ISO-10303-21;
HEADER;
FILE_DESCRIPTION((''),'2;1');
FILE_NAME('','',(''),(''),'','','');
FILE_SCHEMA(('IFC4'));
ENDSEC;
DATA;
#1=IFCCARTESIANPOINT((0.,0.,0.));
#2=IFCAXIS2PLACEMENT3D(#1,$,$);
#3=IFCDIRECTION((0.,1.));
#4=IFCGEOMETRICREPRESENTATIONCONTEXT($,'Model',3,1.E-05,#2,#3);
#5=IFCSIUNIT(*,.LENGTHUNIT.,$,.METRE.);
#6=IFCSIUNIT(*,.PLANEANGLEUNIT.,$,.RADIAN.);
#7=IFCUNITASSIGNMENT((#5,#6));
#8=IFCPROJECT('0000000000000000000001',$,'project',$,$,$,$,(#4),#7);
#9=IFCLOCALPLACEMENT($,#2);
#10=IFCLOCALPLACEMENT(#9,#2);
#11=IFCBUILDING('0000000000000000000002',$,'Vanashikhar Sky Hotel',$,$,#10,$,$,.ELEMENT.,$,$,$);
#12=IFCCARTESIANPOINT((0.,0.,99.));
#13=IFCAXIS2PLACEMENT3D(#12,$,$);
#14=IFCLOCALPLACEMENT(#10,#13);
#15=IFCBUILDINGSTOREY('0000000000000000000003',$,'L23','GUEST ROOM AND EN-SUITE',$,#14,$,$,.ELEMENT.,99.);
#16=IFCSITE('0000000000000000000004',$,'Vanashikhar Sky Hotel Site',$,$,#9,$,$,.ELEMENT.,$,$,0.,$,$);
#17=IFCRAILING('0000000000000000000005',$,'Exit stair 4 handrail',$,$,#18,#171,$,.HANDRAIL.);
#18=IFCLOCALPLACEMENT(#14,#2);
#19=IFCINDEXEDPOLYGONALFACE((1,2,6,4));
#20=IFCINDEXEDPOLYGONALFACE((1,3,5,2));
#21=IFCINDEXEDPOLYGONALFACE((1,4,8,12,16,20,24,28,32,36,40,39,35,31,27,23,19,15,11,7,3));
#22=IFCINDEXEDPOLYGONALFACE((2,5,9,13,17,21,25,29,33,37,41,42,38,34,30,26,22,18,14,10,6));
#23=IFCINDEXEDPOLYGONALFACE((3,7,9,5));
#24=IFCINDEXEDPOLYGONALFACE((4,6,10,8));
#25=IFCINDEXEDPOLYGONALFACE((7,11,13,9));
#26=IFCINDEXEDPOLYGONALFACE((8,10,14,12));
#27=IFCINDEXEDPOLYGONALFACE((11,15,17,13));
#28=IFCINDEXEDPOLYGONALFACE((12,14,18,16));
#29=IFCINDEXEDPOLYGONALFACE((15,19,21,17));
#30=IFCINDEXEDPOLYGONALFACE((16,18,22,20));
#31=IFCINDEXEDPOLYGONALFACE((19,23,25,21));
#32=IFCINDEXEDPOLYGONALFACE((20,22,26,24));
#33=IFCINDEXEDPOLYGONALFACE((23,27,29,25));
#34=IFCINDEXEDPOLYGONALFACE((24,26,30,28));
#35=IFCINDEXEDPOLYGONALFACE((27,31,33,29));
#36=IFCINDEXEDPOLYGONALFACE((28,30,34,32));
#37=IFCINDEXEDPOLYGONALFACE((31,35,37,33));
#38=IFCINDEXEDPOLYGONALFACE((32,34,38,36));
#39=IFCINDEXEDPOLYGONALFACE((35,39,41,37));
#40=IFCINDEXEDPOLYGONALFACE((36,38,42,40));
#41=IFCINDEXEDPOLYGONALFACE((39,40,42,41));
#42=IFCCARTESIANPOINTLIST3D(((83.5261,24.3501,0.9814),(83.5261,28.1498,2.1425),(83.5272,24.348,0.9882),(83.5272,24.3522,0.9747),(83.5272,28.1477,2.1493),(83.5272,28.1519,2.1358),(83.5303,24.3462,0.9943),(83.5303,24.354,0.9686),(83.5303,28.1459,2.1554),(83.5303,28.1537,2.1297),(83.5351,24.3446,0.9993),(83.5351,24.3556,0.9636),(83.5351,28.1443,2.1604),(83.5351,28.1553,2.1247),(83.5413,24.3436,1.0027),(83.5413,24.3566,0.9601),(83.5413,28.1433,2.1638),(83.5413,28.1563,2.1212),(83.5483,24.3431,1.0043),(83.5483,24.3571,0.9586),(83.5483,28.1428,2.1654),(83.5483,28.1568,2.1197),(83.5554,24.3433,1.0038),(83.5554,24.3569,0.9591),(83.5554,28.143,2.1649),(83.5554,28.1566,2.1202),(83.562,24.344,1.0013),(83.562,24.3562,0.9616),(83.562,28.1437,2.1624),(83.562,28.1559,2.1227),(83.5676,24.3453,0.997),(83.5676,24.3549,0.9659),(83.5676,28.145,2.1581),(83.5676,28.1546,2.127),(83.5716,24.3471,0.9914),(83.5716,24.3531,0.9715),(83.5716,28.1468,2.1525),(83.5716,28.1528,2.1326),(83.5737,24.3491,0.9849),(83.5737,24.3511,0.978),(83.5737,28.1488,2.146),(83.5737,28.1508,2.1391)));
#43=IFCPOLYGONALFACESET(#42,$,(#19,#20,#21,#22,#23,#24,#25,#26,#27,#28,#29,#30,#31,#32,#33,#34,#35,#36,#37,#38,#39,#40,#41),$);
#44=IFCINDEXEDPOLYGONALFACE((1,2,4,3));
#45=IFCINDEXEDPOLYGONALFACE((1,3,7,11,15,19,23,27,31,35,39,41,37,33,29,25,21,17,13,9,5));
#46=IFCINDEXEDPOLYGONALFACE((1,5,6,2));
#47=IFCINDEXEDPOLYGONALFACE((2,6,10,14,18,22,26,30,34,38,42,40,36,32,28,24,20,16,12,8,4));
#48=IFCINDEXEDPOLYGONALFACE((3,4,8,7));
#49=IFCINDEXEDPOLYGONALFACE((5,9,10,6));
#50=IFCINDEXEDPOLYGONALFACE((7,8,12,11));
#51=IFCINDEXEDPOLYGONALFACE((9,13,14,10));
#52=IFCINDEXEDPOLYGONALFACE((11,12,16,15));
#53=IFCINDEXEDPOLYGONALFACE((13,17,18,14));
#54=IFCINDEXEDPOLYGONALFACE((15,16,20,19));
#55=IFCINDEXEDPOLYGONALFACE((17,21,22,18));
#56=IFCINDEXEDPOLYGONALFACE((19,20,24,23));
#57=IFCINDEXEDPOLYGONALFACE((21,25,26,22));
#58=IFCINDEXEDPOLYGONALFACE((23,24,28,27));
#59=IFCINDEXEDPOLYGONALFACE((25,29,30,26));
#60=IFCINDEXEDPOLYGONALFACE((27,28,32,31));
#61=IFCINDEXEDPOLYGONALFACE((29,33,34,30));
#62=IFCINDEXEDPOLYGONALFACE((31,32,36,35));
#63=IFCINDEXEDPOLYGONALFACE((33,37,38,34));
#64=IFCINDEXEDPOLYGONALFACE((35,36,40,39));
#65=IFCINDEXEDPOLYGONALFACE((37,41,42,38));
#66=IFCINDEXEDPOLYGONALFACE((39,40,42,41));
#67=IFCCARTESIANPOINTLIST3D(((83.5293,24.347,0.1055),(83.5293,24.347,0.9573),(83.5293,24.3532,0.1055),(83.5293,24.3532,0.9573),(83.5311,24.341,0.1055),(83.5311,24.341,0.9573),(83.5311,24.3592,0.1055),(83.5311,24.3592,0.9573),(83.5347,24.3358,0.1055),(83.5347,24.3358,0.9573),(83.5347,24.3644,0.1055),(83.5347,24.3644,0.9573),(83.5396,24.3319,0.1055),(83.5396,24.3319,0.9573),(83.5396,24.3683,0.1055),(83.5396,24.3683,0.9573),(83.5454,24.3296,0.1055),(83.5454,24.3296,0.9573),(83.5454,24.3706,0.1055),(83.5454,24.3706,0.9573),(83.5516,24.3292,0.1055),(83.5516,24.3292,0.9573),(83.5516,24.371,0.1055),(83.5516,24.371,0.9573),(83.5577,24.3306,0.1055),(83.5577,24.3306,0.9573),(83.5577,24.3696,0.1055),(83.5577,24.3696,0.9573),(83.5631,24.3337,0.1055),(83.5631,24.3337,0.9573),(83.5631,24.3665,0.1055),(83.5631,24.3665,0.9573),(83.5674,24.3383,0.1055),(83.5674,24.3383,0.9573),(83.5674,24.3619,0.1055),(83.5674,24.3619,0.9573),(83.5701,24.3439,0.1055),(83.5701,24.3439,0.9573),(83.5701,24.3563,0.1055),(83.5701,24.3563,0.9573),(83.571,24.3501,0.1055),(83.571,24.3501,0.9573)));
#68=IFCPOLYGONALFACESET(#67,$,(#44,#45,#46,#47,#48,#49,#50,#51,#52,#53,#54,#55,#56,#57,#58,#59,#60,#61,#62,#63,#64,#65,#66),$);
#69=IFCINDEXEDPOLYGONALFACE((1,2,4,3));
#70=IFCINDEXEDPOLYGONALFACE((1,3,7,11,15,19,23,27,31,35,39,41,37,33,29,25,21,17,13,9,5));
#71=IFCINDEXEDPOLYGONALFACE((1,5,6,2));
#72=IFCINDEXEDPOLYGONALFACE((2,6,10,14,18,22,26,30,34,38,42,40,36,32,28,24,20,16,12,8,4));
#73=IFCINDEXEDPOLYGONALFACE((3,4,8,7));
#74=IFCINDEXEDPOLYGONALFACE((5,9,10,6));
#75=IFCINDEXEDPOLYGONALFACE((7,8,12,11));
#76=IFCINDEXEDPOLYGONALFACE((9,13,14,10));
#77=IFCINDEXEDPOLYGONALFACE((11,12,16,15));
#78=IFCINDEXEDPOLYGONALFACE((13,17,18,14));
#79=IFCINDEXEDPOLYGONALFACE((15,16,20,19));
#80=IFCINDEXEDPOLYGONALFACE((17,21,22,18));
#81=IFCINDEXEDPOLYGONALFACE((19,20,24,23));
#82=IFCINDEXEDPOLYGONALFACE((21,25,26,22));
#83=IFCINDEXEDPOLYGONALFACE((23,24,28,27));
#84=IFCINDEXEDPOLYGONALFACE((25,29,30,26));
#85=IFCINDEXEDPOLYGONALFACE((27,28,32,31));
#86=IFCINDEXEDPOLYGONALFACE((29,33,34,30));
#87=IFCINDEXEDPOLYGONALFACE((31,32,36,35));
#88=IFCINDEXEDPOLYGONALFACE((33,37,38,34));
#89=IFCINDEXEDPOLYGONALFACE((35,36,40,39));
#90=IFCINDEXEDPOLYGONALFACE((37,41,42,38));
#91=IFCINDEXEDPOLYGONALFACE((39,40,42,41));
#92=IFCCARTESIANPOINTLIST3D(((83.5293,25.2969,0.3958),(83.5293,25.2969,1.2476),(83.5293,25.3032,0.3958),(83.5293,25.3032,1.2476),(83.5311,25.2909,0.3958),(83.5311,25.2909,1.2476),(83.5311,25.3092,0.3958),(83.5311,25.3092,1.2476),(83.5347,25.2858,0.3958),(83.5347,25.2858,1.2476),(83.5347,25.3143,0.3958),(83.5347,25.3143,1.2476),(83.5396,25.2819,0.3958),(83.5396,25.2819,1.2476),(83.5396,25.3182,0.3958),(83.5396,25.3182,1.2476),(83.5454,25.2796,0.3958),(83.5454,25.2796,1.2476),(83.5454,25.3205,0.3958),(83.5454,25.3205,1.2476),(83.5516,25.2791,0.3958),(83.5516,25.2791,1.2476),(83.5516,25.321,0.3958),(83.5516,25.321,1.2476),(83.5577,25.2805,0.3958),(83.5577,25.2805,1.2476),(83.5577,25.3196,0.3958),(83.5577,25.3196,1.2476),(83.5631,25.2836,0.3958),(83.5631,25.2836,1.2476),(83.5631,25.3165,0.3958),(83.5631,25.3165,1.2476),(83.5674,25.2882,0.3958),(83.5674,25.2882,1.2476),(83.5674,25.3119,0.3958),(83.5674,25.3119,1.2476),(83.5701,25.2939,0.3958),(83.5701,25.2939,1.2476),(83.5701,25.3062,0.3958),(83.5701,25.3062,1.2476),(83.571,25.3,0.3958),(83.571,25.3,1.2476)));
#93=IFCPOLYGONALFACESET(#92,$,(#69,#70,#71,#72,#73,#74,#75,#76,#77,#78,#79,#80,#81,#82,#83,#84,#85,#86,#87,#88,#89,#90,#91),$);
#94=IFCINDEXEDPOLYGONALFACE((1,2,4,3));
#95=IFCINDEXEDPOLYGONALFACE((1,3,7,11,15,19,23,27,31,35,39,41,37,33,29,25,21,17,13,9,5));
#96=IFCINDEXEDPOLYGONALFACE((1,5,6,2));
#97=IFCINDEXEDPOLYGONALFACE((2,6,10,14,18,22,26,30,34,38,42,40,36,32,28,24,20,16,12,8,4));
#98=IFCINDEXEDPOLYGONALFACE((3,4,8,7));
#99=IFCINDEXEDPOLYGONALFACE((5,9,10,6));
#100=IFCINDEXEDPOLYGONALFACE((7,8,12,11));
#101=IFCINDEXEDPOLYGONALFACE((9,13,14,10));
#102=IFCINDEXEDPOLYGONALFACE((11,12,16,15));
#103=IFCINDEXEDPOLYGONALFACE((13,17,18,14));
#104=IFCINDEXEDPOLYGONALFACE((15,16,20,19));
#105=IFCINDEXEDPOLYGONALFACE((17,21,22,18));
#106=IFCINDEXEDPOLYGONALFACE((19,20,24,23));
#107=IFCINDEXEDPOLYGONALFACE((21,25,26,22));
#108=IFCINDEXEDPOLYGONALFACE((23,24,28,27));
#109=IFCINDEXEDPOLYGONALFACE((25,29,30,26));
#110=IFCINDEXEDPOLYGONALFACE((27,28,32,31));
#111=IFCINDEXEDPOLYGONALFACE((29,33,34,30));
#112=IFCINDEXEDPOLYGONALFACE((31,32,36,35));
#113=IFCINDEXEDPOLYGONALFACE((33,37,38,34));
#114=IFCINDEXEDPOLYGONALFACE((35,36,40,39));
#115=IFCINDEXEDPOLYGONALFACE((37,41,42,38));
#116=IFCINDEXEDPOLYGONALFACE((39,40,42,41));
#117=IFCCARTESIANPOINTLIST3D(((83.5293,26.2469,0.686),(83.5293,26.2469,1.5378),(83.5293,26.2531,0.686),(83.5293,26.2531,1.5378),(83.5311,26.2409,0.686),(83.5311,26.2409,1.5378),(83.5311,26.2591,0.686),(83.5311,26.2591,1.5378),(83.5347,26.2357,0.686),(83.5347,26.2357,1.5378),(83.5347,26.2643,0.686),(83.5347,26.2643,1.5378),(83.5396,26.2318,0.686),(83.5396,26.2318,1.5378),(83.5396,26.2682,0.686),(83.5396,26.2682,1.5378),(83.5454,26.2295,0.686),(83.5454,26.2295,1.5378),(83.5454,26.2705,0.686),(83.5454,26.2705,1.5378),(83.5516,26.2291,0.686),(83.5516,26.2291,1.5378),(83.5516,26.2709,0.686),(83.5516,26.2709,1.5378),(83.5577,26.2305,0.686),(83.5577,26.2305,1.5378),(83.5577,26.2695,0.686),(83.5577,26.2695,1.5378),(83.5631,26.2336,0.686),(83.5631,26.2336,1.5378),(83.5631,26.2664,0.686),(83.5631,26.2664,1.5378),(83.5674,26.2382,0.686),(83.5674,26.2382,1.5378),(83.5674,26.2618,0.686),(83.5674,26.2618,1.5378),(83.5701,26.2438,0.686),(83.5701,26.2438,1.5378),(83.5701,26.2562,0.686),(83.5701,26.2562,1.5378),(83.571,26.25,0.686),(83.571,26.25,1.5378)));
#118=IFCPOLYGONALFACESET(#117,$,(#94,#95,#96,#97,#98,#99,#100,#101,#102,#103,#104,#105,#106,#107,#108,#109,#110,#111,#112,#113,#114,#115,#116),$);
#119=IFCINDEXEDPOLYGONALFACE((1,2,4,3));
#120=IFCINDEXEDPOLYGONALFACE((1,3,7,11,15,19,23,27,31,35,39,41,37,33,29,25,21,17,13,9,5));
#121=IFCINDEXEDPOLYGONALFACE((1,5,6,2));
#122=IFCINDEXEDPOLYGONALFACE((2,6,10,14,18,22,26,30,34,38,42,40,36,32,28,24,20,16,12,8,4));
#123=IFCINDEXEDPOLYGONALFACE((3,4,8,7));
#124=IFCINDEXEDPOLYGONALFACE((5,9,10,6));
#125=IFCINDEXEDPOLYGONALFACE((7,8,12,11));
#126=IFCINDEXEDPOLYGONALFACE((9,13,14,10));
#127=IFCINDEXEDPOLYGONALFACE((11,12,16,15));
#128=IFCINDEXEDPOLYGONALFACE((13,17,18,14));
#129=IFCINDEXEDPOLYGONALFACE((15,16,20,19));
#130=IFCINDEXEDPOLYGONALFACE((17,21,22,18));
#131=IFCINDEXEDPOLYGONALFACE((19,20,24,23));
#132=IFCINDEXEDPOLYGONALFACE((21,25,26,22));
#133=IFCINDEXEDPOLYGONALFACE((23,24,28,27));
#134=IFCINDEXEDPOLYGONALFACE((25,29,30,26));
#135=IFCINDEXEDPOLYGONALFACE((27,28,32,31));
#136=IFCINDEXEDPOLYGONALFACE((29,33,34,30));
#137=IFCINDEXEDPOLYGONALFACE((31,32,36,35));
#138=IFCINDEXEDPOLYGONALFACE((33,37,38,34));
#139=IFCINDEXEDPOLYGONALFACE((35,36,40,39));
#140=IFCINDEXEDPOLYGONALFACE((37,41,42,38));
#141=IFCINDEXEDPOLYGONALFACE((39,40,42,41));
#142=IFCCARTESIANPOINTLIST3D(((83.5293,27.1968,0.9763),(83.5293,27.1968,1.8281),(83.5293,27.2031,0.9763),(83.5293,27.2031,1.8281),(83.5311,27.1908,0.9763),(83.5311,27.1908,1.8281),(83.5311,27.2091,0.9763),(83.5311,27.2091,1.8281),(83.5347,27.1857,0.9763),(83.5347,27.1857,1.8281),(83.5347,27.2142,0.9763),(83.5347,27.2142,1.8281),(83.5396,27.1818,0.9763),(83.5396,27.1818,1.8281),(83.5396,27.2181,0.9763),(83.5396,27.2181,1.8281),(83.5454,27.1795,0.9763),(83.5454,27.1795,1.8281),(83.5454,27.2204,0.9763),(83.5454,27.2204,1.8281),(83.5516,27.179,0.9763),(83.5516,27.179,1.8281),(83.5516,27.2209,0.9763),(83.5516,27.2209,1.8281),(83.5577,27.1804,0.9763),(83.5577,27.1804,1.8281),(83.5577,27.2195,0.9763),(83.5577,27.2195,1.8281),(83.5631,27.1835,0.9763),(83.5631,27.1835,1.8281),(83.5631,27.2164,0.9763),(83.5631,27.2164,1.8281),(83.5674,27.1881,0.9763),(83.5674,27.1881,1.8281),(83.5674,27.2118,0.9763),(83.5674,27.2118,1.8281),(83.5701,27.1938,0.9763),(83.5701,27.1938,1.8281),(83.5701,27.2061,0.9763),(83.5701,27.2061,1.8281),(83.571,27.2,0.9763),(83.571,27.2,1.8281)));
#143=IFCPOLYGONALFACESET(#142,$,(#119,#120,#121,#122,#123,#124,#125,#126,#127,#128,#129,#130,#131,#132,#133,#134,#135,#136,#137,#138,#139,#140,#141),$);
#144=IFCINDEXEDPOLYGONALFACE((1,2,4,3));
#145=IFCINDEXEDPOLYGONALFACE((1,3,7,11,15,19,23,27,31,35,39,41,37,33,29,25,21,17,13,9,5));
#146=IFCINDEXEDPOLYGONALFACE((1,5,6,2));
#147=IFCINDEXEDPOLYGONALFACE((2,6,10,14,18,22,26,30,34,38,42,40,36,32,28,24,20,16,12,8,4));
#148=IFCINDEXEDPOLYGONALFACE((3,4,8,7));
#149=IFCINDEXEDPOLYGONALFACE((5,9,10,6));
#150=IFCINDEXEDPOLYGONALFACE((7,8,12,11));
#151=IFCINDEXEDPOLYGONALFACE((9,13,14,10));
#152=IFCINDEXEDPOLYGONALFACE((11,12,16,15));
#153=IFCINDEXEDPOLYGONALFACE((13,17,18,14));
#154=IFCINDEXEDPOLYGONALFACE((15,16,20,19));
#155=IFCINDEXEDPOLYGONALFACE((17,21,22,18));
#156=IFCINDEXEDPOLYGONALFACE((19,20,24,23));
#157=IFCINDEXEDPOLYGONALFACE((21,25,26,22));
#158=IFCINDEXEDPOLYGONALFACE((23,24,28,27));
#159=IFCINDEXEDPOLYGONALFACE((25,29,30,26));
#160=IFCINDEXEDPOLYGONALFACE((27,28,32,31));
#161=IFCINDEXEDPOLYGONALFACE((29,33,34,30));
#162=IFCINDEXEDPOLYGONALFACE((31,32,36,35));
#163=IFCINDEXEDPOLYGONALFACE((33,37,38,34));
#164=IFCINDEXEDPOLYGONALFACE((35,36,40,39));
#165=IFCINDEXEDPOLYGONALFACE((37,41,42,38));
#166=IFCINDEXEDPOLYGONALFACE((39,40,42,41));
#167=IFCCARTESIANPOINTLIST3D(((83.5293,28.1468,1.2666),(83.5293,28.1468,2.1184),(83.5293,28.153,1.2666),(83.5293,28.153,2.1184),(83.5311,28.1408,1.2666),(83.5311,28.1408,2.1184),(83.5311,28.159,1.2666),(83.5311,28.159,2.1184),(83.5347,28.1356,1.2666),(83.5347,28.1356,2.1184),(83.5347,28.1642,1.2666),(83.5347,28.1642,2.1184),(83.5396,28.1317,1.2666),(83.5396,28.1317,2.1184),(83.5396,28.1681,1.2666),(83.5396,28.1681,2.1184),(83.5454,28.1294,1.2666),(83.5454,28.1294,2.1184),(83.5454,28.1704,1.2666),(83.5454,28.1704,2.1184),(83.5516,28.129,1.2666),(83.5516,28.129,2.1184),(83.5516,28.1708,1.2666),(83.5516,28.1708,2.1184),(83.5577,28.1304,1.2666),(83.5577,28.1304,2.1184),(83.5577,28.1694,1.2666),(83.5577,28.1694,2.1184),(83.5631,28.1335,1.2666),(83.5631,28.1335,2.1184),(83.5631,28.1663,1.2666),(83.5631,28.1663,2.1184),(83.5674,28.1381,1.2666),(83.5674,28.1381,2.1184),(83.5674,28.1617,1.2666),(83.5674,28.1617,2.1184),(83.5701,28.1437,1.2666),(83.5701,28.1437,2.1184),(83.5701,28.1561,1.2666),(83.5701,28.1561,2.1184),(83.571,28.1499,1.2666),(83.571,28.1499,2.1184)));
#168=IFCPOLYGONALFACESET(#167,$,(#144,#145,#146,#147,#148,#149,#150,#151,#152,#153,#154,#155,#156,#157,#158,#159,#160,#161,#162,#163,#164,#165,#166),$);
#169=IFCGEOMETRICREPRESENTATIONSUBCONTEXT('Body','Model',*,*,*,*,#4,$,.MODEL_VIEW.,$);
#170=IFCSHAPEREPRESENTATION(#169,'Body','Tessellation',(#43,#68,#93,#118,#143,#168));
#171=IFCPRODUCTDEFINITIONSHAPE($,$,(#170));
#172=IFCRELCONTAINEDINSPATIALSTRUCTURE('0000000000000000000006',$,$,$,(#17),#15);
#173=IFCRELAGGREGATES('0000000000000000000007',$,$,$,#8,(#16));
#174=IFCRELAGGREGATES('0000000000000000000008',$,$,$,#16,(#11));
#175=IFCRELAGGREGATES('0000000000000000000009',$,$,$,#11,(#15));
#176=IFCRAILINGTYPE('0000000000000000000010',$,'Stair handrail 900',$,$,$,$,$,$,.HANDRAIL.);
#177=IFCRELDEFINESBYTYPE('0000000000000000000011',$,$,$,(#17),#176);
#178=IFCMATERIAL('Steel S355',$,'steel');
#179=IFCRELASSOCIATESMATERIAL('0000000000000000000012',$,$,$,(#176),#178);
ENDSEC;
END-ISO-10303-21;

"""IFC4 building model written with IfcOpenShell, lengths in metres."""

from ifc_helpers import new_model, si_unit, direction, frame, origin, origin_2d, place, context, subcontext, project, spatial, circle, extrude, source, transform, mapped, material, type_object, element, save


model = new_model("IFC4")

# Units and contexts
model_context = context("Model", 3, precision=1e-05, world=origin(), true_north=direction((0.0, 1.0)))
body_context = subcontext(model_context, "Body", "Model", "MODEL_VIEW")
ifc_project = project(units=[si_unit("LENGTHUNIT", "METRE"), si_unit("PLANEANGLEUNIT", "RADIAN")], contexts=[model_context])

# Site, building, storey
site_placement = place(None, origin())
site = spatial("IfcSite", under=ifc_project, at=site_placement, Name="Vanashikhar Sky Hotel Site", CompositionType="ELEMENT", RefElevation=0.0)
building_placement = place(site_placement, origin())
building = spatial("IfcBuilding", under=site, at=building_placement, Name="Vanashikhar Sky Hotel", CompositionType="ELEMENT")
storey_placement = place(building_placement, frame((0.0, 0.0, 99.0)))
storey = spatial("IfcBuildingStorey", under=building, at=storey_placement, Name="L23", Description="GUEST ROOM AND EN-SUITE", CompositionType="ELEMENT", Elevation=99.0)

# Railing
ifc_material_1 = material(Name="Steel S355", Category="steel")
railing_type_1 = type_object("IfcRailingType", Name="Stair handrail 900", PredefinedType="HANDRAIL", material=ifc_material_1)
shared_shape_1 = source(origin(), body_context, "Body", "SweptSolid", [
    extrude(circle(Radius=0.0239, at=origin_2d()), frame((0.0, 0.0, 0.876), z_axis=(0.0, 0.956346, 0.292237), x_axis=(-1.0, 0.0, 0.0)), (0.0, 0.0, 1.0), 3.9731),
    extrude(circle(Radius=0.021, at=origin_2d()), origin(), (0.0, 0.0, 1.0), 0.8518),
    extrude(circle(Radius=0.021, at=origin_2d()), frame((0.0, 0.95, 0.2903)), (0.0, 0.0, 1.0), 0.8518),
    extrude(circle(Radius=0.021, at=origin_2d()), frame((0.0, 1.8999, 0.5806)), (0.0, 0.0, 1.0), 0.8518),
    extrude(circle(Radius=0.021, at=origin_2d()), frame((0.0, 2.8499, 0.8708)), (0.0, 0.0, 1.0), 0.8518),
    extrude(circle(Radius=0.021, at=origin_2d()), frame((0.0, 3.7998, 1.1611)), (0.0, 0.0, 1.0), 0.8518),
])
for number, where, name in (
    (1, (83.55, 24.3501, 0.1055), "Exit stair 4 handrail"),
):
    element("IfcRailing", number, at=place(storey_placement, frame(where)), inside=storey, type_object=railing_type_1, Name=name, PredefinedType="HANDRAIL", context=body_context, shape_type="MappedRepresentation", body=[
        mapped(shared_shape_1, transform((0.0, 0.0, 0.0), scale=1.0)),
    ])

save(model, "model.ifc")
